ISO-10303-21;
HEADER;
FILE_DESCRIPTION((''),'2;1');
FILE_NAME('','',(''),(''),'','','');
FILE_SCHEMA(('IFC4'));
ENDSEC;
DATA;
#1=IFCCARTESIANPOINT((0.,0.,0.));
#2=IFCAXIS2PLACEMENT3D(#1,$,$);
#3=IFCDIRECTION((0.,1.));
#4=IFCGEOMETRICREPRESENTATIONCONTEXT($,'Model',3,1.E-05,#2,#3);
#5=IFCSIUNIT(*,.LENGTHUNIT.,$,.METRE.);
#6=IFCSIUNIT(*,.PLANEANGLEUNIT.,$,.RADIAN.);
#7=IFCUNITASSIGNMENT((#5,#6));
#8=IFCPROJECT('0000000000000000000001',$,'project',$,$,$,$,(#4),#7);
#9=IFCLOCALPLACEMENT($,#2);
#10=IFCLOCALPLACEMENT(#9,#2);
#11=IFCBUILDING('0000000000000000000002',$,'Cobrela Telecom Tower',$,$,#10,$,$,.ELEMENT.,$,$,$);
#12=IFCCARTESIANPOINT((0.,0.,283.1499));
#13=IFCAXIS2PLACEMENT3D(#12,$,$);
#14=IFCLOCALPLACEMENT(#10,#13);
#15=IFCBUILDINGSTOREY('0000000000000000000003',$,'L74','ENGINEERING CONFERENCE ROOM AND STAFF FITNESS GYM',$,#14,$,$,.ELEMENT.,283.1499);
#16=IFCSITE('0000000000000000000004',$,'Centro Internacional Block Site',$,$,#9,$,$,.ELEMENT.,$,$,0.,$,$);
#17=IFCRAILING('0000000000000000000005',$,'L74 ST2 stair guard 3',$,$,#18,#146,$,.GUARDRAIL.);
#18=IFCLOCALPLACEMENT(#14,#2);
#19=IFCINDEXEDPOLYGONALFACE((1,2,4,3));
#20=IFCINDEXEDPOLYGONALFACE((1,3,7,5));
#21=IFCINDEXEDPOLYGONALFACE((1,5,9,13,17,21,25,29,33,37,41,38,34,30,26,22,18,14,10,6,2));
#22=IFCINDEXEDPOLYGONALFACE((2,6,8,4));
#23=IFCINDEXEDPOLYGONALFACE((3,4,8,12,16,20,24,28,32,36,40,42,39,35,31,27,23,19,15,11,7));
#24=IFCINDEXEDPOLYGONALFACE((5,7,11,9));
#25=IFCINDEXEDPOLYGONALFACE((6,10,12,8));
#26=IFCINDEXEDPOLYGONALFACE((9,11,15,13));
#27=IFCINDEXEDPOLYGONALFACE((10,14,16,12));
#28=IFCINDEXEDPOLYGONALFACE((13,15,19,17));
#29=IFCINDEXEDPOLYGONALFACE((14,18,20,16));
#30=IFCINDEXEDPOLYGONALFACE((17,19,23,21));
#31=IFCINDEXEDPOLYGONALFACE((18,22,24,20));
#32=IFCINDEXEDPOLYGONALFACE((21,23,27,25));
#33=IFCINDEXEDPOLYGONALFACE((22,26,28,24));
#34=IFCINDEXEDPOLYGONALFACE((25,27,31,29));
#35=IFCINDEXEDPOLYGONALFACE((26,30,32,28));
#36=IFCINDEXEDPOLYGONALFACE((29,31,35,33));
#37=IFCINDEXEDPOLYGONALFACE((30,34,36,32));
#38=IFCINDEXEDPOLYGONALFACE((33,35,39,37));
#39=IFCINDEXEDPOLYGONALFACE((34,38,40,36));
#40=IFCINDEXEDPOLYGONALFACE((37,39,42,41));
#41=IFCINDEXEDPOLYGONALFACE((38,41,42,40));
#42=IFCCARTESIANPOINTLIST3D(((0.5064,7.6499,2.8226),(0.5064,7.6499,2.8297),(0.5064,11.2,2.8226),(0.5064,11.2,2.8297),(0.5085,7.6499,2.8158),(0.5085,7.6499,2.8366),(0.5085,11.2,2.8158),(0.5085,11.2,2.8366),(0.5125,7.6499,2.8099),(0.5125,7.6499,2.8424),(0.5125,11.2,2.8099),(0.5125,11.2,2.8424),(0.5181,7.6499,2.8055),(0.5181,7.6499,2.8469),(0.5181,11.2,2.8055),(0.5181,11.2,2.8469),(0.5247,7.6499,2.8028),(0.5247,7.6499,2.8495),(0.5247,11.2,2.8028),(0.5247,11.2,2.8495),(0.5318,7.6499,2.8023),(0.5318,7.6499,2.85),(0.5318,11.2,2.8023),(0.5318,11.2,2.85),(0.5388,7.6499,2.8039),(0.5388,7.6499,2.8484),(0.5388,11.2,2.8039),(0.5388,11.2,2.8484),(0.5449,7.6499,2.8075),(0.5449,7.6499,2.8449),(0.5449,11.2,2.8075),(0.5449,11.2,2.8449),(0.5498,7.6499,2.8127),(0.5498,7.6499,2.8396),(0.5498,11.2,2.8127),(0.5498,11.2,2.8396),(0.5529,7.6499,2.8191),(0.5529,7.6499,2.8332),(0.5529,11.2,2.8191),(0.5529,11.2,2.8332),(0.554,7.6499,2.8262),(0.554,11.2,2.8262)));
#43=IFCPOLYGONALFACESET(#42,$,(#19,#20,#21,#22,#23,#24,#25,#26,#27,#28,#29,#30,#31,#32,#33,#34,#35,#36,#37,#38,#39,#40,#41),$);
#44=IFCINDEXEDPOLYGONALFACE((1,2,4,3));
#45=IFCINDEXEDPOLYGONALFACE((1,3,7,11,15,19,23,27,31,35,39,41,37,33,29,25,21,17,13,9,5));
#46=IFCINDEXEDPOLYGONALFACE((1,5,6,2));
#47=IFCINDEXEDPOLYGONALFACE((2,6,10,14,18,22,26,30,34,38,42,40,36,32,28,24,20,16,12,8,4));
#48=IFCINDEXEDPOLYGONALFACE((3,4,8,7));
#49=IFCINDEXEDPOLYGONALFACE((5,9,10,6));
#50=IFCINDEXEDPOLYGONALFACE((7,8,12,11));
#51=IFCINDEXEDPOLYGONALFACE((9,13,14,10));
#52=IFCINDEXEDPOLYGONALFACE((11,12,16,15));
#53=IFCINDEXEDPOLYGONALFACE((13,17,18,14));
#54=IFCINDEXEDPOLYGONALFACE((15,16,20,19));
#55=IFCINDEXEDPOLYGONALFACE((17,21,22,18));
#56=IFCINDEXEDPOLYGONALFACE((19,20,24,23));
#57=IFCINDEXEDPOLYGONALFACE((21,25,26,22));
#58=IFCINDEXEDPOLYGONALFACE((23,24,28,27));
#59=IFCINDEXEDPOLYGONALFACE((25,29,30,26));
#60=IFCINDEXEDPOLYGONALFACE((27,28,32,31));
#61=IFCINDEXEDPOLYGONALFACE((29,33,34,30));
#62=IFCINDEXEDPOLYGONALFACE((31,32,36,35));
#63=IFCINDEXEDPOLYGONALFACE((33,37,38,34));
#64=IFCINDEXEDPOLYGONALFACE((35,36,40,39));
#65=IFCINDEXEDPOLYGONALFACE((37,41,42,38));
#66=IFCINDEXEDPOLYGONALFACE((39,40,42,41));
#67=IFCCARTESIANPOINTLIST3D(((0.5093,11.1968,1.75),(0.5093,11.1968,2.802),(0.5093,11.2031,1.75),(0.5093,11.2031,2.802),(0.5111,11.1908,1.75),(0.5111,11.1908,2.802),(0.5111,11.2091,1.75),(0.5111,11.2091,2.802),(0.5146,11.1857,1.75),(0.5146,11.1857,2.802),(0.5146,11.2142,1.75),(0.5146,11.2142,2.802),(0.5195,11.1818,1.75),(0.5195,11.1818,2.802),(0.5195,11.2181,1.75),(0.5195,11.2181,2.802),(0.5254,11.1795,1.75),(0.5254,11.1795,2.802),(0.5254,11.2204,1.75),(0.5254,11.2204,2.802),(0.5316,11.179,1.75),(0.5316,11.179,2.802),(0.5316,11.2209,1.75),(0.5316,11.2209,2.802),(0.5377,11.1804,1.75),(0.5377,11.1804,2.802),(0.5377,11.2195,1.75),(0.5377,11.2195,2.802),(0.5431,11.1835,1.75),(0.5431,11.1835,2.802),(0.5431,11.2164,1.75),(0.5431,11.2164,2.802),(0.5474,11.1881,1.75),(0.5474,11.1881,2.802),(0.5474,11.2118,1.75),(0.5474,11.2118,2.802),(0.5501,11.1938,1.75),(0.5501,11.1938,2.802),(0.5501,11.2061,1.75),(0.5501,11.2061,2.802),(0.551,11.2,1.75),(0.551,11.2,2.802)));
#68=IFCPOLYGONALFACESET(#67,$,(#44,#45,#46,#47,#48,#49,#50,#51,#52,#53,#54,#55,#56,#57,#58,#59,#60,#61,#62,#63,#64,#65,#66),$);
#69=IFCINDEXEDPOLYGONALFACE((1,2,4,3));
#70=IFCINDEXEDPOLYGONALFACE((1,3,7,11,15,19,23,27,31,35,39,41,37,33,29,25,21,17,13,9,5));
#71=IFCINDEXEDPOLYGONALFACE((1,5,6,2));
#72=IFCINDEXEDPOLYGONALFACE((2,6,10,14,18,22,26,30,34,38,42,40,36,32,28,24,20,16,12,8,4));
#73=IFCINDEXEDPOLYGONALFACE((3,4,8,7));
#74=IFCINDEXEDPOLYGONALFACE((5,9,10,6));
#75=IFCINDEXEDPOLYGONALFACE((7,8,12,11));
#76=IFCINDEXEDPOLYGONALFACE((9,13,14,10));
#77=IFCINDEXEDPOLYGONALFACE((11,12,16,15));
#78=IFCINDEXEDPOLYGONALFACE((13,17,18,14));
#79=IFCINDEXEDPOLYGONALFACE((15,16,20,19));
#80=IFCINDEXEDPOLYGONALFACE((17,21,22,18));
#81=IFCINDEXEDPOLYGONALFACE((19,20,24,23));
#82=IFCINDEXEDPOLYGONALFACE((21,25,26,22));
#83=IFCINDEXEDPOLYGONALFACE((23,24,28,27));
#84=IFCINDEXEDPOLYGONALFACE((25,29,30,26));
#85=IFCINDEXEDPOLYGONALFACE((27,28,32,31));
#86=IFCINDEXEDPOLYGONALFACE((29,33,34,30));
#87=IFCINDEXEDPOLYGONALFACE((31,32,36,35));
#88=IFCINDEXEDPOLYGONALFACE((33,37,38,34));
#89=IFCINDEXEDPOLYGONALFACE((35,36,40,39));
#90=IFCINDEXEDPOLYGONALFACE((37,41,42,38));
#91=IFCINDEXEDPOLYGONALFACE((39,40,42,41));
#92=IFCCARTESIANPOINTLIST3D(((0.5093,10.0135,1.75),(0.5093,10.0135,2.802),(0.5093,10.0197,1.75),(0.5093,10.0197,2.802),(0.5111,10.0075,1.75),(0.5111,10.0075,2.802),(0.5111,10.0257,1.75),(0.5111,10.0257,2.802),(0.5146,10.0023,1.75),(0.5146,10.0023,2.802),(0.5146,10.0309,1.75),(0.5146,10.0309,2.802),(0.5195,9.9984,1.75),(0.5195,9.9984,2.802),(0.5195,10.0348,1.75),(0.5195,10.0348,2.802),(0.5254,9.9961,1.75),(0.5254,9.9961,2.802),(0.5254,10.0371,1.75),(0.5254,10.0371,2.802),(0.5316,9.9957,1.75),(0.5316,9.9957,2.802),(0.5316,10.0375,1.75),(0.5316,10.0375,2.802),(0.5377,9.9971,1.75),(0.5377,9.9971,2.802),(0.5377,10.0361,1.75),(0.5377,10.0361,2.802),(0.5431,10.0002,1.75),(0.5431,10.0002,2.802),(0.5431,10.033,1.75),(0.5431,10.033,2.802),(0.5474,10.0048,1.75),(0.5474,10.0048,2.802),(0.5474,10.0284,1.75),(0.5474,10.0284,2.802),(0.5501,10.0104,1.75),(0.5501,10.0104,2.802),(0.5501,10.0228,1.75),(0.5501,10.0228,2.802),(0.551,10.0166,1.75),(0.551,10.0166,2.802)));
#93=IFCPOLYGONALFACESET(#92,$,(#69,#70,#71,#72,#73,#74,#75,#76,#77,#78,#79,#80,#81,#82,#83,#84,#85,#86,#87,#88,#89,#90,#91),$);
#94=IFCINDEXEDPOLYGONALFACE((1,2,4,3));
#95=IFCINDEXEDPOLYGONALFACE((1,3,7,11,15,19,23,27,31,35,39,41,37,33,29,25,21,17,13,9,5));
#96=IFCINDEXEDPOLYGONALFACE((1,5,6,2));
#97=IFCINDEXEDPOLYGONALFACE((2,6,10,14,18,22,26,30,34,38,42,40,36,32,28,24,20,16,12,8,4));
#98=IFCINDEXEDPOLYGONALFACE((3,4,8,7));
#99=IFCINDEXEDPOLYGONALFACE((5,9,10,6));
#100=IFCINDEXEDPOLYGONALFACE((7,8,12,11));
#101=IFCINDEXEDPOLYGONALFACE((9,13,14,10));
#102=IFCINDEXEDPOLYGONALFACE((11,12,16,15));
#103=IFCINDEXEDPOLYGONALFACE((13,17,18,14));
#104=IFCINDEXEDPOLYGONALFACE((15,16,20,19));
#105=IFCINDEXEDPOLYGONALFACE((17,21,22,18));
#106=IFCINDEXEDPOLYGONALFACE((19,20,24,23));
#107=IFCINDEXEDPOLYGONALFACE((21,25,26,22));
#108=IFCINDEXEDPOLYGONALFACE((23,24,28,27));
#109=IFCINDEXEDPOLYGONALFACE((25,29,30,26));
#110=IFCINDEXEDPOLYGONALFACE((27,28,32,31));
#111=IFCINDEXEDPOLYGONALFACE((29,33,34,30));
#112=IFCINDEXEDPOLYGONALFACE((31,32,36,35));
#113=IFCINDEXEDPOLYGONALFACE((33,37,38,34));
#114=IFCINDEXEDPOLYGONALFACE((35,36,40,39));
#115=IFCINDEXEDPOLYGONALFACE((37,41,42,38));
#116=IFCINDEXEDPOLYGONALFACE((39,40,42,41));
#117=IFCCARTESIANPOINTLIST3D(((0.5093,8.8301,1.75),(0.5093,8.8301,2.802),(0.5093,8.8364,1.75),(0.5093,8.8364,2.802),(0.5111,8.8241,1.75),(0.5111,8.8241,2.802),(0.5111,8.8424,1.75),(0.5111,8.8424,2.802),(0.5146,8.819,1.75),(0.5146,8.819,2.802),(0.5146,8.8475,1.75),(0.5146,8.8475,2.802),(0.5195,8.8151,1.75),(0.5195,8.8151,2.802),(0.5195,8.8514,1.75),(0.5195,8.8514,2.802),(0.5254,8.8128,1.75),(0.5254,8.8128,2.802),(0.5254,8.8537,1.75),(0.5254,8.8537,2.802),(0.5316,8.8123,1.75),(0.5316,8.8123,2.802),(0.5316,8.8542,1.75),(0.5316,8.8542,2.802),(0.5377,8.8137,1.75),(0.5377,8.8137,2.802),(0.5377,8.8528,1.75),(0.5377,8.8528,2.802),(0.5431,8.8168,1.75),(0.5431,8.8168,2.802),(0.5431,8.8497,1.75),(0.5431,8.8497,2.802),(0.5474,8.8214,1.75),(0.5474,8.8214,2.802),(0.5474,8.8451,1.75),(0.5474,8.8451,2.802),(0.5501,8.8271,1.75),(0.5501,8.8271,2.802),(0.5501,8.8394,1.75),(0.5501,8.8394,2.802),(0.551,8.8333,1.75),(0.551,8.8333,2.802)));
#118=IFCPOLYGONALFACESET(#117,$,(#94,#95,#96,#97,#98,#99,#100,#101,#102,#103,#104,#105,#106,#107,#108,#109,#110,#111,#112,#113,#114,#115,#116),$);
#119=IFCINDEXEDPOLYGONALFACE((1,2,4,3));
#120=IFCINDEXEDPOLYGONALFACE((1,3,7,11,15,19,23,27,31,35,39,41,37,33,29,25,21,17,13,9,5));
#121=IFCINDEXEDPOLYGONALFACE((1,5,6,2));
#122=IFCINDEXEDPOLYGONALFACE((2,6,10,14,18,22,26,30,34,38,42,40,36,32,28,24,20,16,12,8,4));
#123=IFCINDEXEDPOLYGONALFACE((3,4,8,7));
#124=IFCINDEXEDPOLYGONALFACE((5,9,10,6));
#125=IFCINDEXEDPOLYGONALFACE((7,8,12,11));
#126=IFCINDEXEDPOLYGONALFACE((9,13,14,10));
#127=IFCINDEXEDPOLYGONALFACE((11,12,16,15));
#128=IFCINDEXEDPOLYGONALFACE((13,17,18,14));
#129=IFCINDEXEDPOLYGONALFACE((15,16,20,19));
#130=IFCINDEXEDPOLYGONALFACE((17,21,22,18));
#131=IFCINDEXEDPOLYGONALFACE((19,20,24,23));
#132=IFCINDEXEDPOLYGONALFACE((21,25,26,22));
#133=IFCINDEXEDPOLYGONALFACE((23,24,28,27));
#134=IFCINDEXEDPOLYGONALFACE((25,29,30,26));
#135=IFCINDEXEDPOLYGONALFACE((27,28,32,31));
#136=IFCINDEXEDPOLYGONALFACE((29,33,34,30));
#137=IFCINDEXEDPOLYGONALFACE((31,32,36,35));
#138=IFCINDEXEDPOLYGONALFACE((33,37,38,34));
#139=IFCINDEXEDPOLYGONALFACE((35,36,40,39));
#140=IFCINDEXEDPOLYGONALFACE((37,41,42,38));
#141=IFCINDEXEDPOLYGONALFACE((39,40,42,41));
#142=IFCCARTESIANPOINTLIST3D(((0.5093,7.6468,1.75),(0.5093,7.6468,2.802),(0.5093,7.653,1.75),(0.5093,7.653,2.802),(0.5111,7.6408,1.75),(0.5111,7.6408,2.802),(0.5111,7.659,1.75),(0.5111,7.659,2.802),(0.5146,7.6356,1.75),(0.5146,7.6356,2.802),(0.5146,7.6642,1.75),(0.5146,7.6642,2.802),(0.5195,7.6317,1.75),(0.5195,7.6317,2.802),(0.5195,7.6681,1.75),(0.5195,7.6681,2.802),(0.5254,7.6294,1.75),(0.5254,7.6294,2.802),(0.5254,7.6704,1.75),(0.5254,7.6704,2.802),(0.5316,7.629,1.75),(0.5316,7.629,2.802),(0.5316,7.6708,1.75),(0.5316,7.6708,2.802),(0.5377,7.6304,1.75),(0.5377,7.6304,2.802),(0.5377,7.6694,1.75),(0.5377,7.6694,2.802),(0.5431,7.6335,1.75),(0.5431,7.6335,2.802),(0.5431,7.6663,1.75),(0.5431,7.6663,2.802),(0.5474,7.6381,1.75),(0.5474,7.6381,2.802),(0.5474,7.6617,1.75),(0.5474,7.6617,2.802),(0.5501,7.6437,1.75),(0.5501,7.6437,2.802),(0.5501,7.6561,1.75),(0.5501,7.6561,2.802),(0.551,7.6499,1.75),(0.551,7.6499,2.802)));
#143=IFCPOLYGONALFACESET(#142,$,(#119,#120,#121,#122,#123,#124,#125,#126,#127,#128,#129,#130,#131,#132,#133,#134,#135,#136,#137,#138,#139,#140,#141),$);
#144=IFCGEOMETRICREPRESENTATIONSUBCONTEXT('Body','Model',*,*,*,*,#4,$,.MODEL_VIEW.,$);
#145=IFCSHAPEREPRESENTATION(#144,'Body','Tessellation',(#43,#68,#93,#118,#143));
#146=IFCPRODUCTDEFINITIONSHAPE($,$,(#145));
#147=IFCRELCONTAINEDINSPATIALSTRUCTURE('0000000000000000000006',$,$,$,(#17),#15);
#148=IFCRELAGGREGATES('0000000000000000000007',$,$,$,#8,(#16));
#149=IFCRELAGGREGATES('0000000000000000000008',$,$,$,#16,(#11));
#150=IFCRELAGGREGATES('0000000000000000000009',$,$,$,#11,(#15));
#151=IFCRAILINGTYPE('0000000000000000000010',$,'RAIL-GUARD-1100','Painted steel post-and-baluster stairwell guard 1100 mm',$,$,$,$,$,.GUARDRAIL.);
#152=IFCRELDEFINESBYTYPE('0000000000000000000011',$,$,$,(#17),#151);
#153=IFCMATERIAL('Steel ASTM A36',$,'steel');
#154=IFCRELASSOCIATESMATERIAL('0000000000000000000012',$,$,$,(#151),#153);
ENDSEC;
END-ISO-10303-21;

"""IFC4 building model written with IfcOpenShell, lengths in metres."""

from ifc_helpers import new_model, si_unit, direction, frame, origin, origin_2d, place, context, subcontext, project, spatial, circle, extrude, material, type_object, element, save


model = new_model("IFC4")

# Units and contexts
model_context = context("Model", 3, precision=1e-05, world=origin(), true_north=direction((0.0, 1.0)))
body_context = subcontext(model_context, "Body", "Model", "MODEL_VIEW")
ifc_project = project(units=[si_unit("LENGTHUNIT", "METRE"), si_unit("PLANEANGLEUNIT", "RADIAN")], contexts=[model_context])

# Site, building, storey
site_placement = place(None, origin())
site = spatial("IfcSite", under=ifc_project, at=site_placement, Name="Centro Internacional Block Site", CompositionType="ELEMENT", RefElevation=0.0)
building_placement = place(site_placement, origin())
building = spatial("IfcBuilding", under=site, at=building_placement, Name="Cobrela Telecom Tower", CompositionType="ELEMENT")
storey_placement = place(building_placement, frame((0.0, 0.0, 283.1499)))
storey = spatial("IfcBuildingStorey", under=building, at=storey_placement, Name="L74", Description="ENGINEERING CONFERENCE ROOM AND STAFF FITNESS GYM", CompositionType="ELEMENT", Elevation=283.1499)

# Shared definitions
ifc_material_1 = material(Name="Steel ASTM A36", Category="steel")

# Railing
railing_type_1 = type_object("IfcRailingType", Name="RAIL-GUARD-1100", Description="Painted steel post-and-baluster stairwell guard 1100 mm", PredefinedType="GUARDRAIL", material=ifc_material_1)
railing_1_placement = place(storey_placement, frame((0.53, 11.2, 1.75)))
element("IfcRailing", 1, at=railing_1_placement, inside=storey, type_object=railing_type_1, Name="L74 ST2 stair guard 3", PredefinedType="GUARDRAIL", context=body_context, shape_type="SweptSolid", body=[
    extrude(circle(Radius=0.0239, at=origin_2d()), frame((0.0, 0.0, 1.0762), z_axis=(0.0, -1.0, 0.0), x_axis=(1.0, 0.0, 0.0)), (0.0, 0.0, 1.0), 3.55),
    extrude(circle(Radius=0.021, at=origin_2d()), origin(), (0.0, 0.0, 1.0), 1.052),
    extrude(circle(Radius=0.021, at=origin_2d()), frame((0.0, -1.1833, 0.0)), (0.0, 0.0, 1.0), 1.052),
    extrude(circle(Radius=0.021, at=origin_2d()), frame((0.0, -2.3667, 0.0)), (0.0, 0.0, 1.0), 1.052),
    extrude(circle(Radius=0.021, at=origin_2d()), frame((0.0, -3.55, 0.0)), (0.0, 0.0, 1.0), 1.052),
])

save(model, "model.ifc")
